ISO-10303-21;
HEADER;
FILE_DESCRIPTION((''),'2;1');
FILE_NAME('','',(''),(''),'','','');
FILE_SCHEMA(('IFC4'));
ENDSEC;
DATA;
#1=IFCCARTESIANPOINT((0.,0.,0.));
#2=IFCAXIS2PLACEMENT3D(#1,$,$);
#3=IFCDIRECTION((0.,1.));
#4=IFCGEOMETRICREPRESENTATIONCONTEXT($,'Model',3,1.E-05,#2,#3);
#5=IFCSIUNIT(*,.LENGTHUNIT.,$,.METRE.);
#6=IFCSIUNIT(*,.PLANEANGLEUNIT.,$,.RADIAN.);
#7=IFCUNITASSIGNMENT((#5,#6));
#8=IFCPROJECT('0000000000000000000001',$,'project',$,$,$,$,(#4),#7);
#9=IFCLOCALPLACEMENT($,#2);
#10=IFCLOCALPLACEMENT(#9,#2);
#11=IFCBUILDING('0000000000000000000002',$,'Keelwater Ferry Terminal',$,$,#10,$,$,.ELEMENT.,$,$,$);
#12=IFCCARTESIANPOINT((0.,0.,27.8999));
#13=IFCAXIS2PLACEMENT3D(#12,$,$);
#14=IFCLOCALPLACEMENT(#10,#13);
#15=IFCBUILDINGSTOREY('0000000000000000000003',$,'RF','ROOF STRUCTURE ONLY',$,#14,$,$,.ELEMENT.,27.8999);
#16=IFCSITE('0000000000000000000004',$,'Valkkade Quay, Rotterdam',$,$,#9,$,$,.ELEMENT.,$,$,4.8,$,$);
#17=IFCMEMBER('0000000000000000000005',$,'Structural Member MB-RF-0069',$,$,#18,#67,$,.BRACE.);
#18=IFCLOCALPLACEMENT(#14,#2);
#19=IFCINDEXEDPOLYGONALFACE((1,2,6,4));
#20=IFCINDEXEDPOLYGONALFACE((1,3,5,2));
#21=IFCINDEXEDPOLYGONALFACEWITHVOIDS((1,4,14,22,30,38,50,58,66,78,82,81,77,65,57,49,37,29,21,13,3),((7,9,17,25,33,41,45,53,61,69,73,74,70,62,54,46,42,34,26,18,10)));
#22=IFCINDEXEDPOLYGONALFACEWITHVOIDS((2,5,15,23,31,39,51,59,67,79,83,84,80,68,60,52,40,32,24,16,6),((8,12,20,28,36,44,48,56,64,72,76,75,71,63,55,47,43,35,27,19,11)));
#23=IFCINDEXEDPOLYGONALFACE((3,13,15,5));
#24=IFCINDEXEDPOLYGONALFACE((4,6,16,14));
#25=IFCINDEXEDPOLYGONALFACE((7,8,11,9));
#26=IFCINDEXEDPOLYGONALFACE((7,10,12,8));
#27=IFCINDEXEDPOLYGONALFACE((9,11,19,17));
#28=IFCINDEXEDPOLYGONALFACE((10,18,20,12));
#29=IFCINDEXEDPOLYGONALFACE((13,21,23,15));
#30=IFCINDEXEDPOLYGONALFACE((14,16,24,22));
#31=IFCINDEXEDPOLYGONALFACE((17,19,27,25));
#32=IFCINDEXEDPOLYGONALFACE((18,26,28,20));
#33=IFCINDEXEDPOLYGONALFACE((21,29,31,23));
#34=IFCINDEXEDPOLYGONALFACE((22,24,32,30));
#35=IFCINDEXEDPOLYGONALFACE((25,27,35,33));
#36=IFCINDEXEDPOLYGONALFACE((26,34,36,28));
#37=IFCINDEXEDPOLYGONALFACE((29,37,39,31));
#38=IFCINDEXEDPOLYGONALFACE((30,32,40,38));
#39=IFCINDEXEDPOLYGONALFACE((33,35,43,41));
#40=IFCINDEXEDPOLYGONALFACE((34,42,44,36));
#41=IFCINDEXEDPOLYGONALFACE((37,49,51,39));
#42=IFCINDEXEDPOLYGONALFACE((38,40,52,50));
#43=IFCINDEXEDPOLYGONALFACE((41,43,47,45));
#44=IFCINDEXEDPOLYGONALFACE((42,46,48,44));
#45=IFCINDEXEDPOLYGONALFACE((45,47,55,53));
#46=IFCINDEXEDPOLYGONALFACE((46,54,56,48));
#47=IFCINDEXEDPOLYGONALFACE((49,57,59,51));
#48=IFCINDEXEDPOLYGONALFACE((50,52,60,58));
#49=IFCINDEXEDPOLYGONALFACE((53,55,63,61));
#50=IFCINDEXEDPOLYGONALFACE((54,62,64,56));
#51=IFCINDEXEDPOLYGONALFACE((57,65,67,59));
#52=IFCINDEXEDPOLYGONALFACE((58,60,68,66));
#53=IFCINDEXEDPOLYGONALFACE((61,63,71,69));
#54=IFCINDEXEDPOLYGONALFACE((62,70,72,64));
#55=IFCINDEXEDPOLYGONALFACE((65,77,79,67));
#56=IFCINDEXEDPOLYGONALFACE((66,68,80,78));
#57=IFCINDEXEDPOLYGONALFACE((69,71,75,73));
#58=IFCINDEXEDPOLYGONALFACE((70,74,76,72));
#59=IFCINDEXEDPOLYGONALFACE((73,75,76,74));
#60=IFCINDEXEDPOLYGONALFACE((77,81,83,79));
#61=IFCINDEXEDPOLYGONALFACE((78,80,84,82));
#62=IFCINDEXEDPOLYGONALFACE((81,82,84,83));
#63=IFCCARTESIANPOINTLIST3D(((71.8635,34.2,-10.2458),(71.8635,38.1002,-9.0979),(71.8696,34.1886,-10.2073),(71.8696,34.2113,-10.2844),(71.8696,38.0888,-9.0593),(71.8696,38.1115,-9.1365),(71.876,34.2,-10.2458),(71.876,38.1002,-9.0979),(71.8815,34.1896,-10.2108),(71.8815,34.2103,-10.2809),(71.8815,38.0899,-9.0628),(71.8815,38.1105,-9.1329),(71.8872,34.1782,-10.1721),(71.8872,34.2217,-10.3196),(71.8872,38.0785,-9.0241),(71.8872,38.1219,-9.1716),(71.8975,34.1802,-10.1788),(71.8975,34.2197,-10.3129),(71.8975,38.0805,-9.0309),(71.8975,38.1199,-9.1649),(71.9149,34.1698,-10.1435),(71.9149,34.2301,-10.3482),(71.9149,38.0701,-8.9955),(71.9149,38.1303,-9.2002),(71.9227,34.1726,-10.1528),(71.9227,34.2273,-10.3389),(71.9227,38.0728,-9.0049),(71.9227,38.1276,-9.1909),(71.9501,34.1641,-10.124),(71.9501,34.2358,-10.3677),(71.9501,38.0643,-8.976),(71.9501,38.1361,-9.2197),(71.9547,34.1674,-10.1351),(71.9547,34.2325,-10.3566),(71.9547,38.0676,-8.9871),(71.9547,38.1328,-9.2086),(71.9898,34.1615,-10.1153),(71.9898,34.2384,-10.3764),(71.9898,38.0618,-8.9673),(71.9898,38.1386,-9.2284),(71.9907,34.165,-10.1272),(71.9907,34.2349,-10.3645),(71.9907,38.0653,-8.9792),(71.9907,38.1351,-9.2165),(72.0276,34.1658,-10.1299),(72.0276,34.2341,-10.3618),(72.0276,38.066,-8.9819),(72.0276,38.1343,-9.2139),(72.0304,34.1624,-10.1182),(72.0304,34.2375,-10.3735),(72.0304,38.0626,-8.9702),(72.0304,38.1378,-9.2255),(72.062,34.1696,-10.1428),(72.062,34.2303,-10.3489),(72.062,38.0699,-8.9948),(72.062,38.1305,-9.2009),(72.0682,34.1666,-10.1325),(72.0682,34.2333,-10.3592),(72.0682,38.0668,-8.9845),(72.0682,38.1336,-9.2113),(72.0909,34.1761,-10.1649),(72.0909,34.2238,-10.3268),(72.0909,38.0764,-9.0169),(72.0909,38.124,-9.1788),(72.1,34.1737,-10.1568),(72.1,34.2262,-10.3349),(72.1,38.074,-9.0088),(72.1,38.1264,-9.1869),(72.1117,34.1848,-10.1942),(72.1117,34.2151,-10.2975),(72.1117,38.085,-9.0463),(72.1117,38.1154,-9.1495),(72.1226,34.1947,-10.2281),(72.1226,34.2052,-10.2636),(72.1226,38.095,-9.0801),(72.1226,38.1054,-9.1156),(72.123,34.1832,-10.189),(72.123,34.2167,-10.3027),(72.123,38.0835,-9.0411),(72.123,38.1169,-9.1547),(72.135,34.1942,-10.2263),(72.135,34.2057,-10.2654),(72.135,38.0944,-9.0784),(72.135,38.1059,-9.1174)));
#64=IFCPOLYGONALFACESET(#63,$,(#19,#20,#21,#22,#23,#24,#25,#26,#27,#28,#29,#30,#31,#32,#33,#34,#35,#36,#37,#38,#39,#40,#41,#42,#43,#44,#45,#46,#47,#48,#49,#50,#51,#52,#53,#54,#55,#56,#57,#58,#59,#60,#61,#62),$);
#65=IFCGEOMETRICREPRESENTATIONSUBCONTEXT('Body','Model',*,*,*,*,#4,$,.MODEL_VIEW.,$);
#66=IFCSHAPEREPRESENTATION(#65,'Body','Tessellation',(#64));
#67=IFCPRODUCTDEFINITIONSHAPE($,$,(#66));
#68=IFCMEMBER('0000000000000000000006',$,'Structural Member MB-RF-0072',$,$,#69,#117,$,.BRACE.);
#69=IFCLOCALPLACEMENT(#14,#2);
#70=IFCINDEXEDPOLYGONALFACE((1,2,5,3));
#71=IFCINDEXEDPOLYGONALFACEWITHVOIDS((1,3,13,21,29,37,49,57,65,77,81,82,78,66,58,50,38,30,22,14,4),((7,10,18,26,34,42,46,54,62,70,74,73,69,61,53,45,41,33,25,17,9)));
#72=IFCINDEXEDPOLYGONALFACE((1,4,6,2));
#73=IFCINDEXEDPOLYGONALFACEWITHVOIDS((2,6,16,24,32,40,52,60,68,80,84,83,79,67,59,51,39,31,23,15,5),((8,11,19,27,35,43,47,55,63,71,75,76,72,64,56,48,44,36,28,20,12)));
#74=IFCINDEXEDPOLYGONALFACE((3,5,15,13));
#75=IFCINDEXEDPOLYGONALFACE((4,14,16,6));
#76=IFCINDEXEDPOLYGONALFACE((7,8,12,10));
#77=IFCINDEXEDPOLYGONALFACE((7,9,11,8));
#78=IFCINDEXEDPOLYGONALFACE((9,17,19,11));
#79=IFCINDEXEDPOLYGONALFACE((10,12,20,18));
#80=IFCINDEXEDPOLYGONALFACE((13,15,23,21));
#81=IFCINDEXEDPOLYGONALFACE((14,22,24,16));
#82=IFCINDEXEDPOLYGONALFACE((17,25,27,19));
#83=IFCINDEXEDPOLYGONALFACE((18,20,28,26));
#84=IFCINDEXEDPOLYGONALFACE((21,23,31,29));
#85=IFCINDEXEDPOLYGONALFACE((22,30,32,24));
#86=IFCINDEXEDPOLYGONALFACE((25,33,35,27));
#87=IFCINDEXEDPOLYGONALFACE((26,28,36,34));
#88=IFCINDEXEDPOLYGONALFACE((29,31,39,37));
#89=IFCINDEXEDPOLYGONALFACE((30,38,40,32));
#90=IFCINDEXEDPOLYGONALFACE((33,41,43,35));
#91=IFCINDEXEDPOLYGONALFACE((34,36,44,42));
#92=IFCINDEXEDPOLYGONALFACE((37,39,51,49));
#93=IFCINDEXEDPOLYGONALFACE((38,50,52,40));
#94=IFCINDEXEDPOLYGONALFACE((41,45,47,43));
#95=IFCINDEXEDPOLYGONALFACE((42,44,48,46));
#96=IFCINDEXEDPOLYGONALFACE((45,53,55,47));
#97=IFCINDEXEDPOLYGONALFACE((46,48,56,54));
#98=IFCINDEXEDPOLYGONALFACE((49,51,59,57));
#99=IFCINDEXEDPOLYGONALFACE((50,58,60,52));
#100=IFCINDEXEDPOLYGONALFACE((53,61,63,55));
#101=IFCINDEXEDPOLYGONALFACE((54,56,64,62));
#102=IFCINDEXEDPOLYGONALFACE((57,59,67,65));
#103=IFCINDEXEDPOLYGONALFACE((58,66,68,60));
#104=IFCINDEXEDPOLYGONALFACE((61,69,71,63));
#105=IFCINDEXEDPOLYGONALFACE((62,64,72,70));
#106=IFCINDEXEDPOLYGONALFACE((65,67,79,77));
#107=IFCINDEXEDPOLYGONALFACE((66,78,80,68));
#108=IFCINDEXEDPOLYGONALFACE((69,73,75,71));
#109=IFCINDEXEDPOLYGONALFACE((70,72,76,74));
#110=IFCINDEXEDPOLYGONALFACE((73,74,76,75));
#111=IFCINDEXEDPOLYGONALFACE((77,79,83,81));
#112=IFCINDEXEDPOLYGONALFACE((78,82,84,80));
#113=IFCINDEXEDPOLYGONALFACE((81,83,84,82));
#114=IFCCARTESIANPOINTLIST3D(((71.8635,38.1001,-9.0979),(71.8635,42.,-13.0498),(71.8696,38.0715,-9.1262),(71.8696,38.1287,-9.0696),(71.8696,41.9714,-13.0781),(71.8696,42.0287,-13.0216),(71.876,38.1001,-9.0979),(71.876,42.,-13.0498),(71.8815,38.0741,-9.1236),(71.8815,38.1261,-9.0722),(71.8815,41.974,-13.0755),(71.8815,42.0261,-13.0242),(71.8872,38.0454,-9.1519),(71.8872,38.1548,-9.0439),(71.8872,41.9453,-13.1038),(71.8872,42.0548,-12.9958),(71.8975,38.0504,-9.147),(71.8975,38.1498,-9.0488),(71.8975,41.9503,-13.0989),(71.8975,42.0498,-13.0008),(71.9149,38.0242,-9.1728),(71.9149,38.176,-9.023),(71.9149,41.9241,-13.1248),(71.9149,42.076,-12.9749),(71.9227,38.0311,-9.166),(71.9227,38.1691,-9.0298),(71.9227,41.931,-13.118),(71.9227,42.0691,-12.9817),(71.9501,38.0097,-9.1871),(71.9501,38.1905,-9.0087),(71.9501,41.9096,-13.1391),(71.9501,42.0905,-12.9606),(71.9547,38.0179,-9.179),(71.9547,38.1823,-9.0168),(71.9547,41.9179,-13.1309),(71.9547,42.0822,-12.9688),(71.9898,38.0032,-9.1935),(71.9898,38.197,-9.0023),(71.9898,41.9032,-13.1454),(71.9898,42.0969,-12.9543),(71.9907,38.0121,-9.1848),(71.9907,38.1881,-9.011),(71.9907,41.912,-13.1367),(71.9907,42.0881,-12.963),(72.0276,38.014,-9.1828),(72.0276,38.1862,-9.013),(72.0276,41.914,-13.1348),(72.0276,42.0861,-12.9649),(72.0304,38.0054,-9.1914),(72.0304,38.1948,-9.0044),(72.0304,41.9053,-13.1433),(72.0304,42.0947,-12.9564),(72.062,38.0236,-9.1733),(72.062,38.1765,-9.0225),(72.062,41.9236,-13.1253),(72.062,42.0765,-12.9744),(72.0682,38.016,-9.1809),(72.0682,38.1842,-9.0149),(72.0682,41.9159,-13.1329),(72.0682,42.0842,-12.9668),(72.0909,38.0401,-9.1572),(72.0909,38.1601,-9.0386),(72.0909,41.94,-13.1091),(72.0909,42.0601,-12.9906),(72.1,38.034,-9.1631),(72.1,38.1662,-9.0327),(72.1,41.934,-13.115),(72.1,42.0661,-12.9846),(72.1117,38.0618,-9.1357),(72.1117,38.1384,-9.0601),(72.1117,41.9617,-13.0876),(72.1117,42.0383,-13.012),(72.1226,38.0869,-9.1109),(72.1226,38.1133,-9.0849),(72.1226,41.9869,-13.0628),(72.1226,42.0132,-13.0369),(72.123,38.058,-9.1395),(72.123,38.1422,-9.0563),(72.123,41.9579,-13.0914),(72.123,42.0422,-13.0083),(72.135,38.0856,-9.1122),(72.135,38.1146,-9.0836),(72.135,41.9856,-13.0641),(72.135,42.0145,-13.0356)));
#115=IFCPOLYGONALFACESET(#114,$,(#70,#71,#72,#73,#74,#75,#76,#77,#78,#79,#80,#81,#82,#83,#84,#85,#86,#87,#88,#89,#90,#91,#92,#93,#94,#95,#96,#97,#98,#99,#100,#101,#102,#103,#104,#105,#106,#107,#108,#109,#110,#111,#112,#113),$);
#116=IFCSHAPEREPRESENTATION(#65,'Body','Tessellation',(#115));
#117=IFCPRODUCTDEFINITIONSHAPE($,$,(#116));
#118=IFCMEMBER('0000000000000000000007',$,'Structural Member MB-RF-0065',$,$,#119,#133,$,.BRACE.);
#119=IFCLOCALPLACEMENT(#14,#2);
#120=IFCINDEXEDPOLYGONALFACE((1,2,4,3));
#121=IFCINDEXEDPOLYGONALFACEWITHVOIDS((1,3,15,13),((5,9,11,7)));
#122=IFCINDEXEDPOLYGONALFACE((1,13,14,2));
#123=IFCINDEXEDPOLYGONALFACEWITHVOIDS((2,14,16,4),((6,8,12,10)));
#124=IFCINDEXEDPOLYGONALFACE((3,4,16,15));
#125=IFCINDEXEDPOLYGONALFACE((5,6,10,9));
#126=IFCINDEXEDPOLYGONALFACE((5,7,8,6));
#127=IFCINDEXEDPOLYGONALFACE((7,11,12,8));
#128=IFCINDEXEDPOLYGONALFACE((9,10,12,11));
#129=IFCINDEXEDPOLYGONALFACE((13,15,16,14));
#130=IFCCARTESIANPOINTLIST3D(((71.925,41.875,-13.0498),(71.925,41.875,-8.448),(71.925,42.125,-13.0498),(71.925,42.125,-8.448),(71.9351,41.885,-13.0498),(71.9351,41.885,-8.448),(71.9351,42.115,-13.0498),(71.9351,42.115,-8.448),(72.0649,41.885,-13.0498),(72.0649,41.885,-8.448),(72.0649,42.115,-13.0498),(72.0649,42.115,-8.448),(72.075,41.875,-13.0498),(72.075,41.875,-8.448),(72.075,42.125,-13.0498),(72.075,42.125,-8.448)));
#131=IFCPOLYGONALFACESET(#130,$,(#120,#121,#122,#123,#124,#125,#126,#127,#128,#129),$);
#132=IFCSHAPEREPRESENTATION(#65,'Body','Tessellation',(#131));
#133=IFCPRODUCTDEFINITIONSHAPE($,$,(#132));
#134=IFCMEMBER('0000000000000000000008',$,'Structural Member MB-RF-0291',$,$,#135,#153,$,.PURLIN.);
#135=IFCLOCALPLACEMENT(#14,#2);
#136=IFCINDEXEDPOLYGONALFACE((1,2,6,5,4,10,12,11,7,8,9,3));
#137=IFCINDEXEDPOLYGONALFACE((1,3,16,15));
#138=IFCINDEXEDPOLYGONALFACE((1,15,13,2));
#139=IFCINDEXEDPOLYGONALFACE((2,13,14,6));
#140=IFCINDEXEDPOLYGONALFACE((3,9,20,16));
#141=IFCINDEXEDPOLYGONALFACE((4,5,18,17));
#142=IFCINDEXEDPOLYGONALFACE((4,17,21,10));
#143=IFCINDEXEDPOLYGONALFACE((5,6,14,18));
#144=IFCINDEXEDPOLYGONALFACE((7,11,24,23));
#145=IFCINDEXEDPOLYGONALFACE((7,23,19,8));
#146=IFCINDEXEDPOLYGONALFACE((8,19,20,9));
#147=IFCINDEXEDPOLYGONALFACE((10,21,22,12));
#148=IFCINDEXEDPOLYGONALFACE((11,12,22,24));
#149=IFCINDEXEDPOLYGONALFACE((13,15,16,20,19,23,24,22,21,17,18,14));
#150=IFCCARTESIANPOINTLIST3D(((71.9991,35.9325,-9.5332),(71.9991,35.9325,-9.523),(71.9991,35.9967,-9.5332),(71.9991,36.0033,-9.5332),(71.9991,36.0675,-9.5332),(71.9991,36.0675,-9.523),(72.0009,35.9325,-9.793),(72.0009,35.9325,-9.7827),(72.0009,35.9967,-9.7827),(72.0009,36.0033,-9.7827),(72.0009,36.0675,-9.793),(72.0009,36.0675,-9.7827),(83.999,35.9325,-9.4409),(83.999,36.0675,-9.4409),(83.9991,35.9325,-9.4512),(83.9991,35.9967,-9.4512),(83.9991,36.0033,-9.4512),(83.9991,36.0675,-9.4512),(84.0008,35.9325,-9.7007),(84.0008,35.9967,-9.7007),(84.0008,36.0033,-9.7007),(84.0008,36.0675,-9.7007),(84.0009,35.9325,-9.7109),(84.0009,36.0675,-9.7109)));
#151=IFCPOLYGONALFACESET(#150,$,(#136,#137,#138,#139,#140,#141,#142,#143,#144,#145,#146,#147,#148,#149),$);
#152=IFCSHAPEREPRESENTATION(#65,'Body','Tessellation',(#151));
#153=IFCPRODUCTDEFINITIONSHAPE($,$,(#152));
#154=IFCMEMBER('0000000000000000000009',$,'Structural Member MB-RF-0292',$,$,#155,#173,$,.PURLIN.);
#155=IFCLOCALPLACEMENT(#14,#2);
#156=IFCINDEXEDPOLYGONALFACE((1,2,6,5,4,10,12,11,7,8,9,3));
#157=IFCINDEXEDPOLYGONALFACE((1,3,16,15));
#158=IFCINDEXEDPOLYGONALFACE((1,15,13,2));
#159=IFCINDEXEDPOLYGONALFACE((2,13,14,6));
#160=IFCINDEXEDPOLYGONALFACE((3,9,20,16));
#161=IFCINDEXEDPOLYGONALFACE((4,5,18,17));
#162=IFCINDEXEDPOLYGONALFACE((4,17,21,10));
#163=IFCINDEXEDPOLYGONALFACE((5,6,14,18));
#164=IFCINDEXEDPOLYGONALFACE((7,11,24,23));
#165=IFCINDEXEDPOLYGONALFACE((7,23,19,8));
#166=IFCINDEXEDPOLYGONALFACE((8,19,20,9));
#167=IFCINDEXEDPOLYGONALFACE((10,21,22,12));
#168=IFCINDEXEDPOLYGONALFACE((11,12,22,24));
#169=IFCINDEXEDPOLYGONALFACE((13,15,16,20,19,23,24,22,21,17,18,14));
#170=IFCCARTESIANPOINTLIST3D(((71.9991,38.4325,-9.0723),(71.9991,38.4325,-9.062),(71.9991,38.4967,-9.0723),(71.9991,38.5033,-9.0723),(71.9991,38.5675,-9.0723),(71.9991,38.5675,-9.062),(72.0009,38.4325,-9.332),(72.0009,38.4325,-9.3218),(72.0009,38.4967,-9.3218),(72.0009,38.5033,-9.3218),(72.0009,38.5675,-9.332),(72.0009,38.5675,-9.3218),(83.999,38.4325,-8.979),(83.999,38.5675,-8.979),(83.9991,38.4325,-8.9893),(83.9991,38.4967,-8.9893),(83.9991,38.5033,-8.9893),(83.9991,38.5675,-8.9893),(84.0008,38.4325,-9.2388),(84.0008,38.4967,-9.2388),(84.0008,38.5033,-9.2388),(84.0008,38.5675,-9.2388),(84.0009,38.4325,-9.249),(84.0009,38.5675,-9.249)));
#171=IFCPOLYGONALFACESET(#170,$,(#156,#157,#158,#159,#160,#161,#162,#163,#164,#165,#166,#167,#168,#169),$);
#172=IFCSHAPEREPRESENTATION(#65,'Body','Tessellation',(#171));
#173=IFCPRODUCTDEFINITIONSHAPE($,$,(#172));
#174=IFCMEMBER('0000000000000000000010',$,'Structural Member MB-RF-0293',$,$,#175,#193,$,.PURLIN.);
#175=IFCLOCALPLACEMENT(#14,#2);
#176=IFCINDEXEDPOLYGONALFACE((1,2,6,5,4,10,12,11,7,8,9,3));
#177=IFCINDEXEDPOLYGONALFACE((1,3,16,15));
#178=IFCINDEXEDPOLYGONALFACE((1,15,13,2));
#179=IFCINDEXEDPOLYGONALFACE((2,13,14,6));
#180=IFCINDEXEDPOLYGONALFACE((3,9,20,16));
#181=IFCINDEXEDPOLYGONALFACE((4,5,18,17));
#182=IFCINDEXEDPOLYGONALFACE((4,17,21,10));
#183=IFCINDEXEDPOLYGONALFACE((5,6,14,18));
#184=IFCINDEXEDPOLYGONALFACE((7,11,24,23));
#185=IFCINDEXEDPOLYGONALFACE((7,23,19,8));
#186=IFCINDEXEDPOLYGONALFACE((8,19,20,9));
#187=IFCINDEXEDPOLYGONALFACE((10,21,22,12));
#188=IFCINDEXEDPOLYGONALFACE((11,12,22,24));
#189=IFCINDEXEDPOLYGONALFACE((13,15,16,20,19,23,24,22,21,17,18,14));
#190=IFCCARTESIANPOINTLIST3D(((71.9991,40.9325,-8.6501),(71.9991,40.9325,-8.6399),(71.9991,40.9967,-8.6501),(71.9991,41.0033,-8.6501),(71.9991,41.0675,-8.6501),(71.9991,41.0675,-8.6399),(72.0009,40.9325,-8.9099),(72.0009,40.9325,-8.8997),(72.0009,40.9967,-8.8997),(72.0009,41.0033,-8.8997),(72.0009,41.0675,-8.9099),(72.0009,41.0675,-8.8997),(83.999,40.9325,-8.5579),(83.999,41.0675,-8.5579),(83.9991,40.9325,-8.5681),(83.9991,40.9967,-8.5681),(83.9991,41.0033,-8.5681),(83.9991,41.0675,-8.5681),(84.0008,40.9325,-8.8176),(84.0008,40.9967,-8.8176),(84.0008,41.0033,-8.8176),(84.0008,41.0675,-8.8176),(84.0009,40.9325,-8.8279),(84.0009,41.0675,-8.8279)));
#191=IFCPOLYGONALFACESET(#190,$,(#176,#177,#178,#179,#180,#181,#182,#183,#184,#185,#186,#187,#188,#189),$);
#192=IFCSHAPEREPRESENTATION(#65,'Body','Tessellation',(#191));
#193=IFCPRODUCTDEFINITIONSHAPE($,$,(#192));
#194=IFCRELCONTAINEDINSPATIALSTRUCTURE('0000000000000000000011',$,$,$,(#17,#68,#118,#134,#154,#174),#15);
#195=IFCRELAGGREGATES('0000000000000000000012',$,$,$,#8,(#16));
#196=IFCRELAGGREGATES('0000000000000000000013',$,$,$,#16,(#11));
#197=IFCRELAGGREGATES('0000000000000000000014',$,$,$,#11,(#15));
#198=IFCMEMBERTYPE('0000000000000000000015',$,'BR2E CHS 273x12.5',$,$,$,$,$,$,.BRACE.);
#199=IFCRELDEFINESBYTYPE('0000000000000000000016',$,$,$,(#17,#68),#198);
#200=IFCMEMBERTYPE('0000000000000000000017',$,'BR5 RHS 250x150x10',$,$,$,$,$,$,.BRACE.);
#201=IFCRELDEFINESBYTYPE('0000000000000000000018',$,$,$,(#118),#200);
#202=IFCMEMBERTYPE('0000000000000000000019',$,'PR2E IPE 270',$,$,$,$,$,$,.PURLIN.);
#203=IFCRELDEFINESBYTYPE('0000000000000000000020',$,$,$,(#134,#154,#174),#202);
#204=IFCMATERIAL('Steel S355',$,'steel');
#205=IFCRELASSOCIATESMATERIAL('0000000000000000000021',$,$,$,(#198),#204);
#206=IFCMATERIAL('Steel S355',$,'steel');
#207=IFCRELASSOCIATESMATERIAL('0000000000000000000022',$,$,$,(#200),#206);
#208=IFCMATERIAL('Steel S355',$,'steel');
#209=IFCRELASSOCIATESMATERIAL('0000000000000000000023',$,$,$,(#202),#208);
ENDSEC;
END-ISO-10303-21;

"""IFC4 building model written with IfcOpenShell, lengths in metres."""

from ifc_helpers import new_model, si_unit, direction, frame, origin, origin_2d, place, context, subcontext, project, spatial, hollow_rectangle, hollow_circle, i_section, extrude, material, material_profile, profile_set, type_object, element, save


model = new_model("IFC4")

# Units and contexts
model_context = context("Model", 3, precision=1e-05, world=origin(), true_north=direction((0.0, 1.0)))
body_context = subcontext(model_context, "Body", "Model", "MODEL_VIEW")
ifc_project = project(units=[si_unit("LENGTHUNIT", "METRE"), si_unit("PLANEANGLEUNIT", "RADIAN")], contexts=[model_context])

# Site, building, storey
site_placement = place(None, origin())
site = spatial("IfcSite", under=ifc_project, at=site_placement, Name="Valkkade Quay, Rotterdam", CompositionType="ELEMENT", RefElevation=4.8)
building_placement = place(site_placement, origin())
building = spatial("IfcBuilding", under=site, at=building_placement, Name="Keelwater Ferry Terminal", CompositionType="ELEMENT")
storey_placement = place(building_placement, frame((0.0, 0.0, 27.8999)))
storey = spatial("IfcBuildingStorey", under=building, at=storey_placement, Name="RF", Description="ROOF STRUCTURE ONLY", CompositionType="ELEMENT", Elevation=27.8999)

# Members
ifc_material_1 = material(Name="Steel S355", Category="steel")
ifc_material_profile_1 = material_profile(ifc_material_1, hollow_circle(Radius=0.1365, WallThickness=0.0125, at=origin_2d()), Name="CHS 273x12.5")
ifc_profile_set_1 = profile_set([ifc_material_profile_1], Name="Steel S355")
member_type_1 = type_object("IfcMemberType", Name="BR2E CHS 273x12.5", PredefinedType="BRACE", material=ifc_profile_set_1)
member_1_placement = place(storey_placement, frame((72.0, 34.2, -10.2458), z_axis=(0.0, 0.959309, 0.282358), x_axis=(-1.0, 0.0, 0.0)))
element("IfcMember", 1, at=member_1_placement, inside=storey, type_object=member_type_1, Name="Structural Member MB-RF-0069", PredefinedType="BRACE", context=body_context, shape_type="SweptSolid", body=[
    extrude(hollow_circle(Radius=0.1365, WallThickness=0.0125, at=origin_2d()), origin(), (0.0, 0.0, 1.0), 4.0657),
])
member_2_placement = place(storey_placement, frame((72.0, 38.1001, -9.0979), z_axis=(0.0, 0.702408, -0.711774), x_axis=(-1.0, 0.0, 0.0)))
element("IfcMember", 2, at=member_2_placement, inside=storey, type_object=member_type_1, Name="Structural Member MB-RF-0072", PredefinedType="BRACE", context=body_context, shape_type="SweptSolid", body=[
    extrude(hollow_circle(Radius=0.1365, WallThickness=0.0125, at=origin_2d()), origin(), (0.0, 0.0, 1.0), 5.5522),
])
ifc_material_2 = material(Name="Steel S355", Category="steel")
ifc_material_profile_2 = material_profile(ifc_material_2, hollow_rectangle(XDim=0.1499, YDim=0.25, WallThickness=0.01, at=origin_2d()), Name="RHS 250x150x10")
ifc_profile_set_2 = profile_set([ifc_material_profile_2], Name="Steel S355")
member_type_2 = type_object("IfcMemberType", Name="BR5 RHS 250x150x10", PredefinedType="BRACE", material=ifc_profile_set_2)
member_3_placement = place(storey_placement, frame((72.0, 42.0, -13.0498), z_axis=(0.0, 0.0, 1.0), x_axis=(1.0, 0.0, 0.0)))
element("IfcMember", 3, at=member_3_placement, inside=storey, type_object=member_type_2, Name="Structural Member MB-RF-0065", PredefinedType="BRACE", context=body_context, shape_type="SweptSolid", body=[
    extrude(hollow_rectangle(XDim=0.1499, YDim=0.25, WallThickness=0.01, at=origin_2d()), origin(), (0.0, 0.0, 1.0), 4.6018),
])
ifc_material_3 = material(Name="Steel S355", Category="steel")
ifc_material_profile_3 = material_profile(ifc_material_3, i_section(OverallWidth=0.135, OverallDepth=0.27, WebThickness=0.0066, FlangeThickness=0.0103, at=origin_2d()), Name="IPE 270")
ifc_profile_set_3 = profile_set([ifc_material_profile_3], Name="Steel S355")
member_type_3 = type_object("IfcMemberType", Name="PR2E IPE 270", PredefinedType="PURLIN", material=ifc_profile_set_3)
for number, where, z_axis, x_axis, name in (
    (4, (72.0, 36.0, -9.658), (0.999977, 0.0, 0.006836), (0.0, 1.0, 0.0), "Structural Member MB-RF-0291"),
    (5, (72.0, 38.5, -9.197), (0.999976, 0.0, 0.006917), (0.0, 1.0, 0.0), "Structural Member MB-RF-0292"),
    (6, (72.0, 41.0, -8.7749), (0.999977, 0.0, 0.006836), (0.0, 1.0, 0.0), "Structural Member MB-RF-0293"),
):
    element("IfcMember", number, at=place(storey_placement, frame(where, z_axis=z_axis, x_axis=x_axis)), inside=storey, type_object=member_type_3, Name=name, PredefinedType="PURLIN", context=body_context, shape_type="SweptSolid", body=[
        extrude(i_section(OverallWidth=0.135, OverallDepth=0.27, WebThickness=0.0066, FlangeThickness=0.0103, at=origin_2d()), origin(), (0.0, 0.0, 1.0), 12.0002),
    ])

save(model, "model.ifc")
